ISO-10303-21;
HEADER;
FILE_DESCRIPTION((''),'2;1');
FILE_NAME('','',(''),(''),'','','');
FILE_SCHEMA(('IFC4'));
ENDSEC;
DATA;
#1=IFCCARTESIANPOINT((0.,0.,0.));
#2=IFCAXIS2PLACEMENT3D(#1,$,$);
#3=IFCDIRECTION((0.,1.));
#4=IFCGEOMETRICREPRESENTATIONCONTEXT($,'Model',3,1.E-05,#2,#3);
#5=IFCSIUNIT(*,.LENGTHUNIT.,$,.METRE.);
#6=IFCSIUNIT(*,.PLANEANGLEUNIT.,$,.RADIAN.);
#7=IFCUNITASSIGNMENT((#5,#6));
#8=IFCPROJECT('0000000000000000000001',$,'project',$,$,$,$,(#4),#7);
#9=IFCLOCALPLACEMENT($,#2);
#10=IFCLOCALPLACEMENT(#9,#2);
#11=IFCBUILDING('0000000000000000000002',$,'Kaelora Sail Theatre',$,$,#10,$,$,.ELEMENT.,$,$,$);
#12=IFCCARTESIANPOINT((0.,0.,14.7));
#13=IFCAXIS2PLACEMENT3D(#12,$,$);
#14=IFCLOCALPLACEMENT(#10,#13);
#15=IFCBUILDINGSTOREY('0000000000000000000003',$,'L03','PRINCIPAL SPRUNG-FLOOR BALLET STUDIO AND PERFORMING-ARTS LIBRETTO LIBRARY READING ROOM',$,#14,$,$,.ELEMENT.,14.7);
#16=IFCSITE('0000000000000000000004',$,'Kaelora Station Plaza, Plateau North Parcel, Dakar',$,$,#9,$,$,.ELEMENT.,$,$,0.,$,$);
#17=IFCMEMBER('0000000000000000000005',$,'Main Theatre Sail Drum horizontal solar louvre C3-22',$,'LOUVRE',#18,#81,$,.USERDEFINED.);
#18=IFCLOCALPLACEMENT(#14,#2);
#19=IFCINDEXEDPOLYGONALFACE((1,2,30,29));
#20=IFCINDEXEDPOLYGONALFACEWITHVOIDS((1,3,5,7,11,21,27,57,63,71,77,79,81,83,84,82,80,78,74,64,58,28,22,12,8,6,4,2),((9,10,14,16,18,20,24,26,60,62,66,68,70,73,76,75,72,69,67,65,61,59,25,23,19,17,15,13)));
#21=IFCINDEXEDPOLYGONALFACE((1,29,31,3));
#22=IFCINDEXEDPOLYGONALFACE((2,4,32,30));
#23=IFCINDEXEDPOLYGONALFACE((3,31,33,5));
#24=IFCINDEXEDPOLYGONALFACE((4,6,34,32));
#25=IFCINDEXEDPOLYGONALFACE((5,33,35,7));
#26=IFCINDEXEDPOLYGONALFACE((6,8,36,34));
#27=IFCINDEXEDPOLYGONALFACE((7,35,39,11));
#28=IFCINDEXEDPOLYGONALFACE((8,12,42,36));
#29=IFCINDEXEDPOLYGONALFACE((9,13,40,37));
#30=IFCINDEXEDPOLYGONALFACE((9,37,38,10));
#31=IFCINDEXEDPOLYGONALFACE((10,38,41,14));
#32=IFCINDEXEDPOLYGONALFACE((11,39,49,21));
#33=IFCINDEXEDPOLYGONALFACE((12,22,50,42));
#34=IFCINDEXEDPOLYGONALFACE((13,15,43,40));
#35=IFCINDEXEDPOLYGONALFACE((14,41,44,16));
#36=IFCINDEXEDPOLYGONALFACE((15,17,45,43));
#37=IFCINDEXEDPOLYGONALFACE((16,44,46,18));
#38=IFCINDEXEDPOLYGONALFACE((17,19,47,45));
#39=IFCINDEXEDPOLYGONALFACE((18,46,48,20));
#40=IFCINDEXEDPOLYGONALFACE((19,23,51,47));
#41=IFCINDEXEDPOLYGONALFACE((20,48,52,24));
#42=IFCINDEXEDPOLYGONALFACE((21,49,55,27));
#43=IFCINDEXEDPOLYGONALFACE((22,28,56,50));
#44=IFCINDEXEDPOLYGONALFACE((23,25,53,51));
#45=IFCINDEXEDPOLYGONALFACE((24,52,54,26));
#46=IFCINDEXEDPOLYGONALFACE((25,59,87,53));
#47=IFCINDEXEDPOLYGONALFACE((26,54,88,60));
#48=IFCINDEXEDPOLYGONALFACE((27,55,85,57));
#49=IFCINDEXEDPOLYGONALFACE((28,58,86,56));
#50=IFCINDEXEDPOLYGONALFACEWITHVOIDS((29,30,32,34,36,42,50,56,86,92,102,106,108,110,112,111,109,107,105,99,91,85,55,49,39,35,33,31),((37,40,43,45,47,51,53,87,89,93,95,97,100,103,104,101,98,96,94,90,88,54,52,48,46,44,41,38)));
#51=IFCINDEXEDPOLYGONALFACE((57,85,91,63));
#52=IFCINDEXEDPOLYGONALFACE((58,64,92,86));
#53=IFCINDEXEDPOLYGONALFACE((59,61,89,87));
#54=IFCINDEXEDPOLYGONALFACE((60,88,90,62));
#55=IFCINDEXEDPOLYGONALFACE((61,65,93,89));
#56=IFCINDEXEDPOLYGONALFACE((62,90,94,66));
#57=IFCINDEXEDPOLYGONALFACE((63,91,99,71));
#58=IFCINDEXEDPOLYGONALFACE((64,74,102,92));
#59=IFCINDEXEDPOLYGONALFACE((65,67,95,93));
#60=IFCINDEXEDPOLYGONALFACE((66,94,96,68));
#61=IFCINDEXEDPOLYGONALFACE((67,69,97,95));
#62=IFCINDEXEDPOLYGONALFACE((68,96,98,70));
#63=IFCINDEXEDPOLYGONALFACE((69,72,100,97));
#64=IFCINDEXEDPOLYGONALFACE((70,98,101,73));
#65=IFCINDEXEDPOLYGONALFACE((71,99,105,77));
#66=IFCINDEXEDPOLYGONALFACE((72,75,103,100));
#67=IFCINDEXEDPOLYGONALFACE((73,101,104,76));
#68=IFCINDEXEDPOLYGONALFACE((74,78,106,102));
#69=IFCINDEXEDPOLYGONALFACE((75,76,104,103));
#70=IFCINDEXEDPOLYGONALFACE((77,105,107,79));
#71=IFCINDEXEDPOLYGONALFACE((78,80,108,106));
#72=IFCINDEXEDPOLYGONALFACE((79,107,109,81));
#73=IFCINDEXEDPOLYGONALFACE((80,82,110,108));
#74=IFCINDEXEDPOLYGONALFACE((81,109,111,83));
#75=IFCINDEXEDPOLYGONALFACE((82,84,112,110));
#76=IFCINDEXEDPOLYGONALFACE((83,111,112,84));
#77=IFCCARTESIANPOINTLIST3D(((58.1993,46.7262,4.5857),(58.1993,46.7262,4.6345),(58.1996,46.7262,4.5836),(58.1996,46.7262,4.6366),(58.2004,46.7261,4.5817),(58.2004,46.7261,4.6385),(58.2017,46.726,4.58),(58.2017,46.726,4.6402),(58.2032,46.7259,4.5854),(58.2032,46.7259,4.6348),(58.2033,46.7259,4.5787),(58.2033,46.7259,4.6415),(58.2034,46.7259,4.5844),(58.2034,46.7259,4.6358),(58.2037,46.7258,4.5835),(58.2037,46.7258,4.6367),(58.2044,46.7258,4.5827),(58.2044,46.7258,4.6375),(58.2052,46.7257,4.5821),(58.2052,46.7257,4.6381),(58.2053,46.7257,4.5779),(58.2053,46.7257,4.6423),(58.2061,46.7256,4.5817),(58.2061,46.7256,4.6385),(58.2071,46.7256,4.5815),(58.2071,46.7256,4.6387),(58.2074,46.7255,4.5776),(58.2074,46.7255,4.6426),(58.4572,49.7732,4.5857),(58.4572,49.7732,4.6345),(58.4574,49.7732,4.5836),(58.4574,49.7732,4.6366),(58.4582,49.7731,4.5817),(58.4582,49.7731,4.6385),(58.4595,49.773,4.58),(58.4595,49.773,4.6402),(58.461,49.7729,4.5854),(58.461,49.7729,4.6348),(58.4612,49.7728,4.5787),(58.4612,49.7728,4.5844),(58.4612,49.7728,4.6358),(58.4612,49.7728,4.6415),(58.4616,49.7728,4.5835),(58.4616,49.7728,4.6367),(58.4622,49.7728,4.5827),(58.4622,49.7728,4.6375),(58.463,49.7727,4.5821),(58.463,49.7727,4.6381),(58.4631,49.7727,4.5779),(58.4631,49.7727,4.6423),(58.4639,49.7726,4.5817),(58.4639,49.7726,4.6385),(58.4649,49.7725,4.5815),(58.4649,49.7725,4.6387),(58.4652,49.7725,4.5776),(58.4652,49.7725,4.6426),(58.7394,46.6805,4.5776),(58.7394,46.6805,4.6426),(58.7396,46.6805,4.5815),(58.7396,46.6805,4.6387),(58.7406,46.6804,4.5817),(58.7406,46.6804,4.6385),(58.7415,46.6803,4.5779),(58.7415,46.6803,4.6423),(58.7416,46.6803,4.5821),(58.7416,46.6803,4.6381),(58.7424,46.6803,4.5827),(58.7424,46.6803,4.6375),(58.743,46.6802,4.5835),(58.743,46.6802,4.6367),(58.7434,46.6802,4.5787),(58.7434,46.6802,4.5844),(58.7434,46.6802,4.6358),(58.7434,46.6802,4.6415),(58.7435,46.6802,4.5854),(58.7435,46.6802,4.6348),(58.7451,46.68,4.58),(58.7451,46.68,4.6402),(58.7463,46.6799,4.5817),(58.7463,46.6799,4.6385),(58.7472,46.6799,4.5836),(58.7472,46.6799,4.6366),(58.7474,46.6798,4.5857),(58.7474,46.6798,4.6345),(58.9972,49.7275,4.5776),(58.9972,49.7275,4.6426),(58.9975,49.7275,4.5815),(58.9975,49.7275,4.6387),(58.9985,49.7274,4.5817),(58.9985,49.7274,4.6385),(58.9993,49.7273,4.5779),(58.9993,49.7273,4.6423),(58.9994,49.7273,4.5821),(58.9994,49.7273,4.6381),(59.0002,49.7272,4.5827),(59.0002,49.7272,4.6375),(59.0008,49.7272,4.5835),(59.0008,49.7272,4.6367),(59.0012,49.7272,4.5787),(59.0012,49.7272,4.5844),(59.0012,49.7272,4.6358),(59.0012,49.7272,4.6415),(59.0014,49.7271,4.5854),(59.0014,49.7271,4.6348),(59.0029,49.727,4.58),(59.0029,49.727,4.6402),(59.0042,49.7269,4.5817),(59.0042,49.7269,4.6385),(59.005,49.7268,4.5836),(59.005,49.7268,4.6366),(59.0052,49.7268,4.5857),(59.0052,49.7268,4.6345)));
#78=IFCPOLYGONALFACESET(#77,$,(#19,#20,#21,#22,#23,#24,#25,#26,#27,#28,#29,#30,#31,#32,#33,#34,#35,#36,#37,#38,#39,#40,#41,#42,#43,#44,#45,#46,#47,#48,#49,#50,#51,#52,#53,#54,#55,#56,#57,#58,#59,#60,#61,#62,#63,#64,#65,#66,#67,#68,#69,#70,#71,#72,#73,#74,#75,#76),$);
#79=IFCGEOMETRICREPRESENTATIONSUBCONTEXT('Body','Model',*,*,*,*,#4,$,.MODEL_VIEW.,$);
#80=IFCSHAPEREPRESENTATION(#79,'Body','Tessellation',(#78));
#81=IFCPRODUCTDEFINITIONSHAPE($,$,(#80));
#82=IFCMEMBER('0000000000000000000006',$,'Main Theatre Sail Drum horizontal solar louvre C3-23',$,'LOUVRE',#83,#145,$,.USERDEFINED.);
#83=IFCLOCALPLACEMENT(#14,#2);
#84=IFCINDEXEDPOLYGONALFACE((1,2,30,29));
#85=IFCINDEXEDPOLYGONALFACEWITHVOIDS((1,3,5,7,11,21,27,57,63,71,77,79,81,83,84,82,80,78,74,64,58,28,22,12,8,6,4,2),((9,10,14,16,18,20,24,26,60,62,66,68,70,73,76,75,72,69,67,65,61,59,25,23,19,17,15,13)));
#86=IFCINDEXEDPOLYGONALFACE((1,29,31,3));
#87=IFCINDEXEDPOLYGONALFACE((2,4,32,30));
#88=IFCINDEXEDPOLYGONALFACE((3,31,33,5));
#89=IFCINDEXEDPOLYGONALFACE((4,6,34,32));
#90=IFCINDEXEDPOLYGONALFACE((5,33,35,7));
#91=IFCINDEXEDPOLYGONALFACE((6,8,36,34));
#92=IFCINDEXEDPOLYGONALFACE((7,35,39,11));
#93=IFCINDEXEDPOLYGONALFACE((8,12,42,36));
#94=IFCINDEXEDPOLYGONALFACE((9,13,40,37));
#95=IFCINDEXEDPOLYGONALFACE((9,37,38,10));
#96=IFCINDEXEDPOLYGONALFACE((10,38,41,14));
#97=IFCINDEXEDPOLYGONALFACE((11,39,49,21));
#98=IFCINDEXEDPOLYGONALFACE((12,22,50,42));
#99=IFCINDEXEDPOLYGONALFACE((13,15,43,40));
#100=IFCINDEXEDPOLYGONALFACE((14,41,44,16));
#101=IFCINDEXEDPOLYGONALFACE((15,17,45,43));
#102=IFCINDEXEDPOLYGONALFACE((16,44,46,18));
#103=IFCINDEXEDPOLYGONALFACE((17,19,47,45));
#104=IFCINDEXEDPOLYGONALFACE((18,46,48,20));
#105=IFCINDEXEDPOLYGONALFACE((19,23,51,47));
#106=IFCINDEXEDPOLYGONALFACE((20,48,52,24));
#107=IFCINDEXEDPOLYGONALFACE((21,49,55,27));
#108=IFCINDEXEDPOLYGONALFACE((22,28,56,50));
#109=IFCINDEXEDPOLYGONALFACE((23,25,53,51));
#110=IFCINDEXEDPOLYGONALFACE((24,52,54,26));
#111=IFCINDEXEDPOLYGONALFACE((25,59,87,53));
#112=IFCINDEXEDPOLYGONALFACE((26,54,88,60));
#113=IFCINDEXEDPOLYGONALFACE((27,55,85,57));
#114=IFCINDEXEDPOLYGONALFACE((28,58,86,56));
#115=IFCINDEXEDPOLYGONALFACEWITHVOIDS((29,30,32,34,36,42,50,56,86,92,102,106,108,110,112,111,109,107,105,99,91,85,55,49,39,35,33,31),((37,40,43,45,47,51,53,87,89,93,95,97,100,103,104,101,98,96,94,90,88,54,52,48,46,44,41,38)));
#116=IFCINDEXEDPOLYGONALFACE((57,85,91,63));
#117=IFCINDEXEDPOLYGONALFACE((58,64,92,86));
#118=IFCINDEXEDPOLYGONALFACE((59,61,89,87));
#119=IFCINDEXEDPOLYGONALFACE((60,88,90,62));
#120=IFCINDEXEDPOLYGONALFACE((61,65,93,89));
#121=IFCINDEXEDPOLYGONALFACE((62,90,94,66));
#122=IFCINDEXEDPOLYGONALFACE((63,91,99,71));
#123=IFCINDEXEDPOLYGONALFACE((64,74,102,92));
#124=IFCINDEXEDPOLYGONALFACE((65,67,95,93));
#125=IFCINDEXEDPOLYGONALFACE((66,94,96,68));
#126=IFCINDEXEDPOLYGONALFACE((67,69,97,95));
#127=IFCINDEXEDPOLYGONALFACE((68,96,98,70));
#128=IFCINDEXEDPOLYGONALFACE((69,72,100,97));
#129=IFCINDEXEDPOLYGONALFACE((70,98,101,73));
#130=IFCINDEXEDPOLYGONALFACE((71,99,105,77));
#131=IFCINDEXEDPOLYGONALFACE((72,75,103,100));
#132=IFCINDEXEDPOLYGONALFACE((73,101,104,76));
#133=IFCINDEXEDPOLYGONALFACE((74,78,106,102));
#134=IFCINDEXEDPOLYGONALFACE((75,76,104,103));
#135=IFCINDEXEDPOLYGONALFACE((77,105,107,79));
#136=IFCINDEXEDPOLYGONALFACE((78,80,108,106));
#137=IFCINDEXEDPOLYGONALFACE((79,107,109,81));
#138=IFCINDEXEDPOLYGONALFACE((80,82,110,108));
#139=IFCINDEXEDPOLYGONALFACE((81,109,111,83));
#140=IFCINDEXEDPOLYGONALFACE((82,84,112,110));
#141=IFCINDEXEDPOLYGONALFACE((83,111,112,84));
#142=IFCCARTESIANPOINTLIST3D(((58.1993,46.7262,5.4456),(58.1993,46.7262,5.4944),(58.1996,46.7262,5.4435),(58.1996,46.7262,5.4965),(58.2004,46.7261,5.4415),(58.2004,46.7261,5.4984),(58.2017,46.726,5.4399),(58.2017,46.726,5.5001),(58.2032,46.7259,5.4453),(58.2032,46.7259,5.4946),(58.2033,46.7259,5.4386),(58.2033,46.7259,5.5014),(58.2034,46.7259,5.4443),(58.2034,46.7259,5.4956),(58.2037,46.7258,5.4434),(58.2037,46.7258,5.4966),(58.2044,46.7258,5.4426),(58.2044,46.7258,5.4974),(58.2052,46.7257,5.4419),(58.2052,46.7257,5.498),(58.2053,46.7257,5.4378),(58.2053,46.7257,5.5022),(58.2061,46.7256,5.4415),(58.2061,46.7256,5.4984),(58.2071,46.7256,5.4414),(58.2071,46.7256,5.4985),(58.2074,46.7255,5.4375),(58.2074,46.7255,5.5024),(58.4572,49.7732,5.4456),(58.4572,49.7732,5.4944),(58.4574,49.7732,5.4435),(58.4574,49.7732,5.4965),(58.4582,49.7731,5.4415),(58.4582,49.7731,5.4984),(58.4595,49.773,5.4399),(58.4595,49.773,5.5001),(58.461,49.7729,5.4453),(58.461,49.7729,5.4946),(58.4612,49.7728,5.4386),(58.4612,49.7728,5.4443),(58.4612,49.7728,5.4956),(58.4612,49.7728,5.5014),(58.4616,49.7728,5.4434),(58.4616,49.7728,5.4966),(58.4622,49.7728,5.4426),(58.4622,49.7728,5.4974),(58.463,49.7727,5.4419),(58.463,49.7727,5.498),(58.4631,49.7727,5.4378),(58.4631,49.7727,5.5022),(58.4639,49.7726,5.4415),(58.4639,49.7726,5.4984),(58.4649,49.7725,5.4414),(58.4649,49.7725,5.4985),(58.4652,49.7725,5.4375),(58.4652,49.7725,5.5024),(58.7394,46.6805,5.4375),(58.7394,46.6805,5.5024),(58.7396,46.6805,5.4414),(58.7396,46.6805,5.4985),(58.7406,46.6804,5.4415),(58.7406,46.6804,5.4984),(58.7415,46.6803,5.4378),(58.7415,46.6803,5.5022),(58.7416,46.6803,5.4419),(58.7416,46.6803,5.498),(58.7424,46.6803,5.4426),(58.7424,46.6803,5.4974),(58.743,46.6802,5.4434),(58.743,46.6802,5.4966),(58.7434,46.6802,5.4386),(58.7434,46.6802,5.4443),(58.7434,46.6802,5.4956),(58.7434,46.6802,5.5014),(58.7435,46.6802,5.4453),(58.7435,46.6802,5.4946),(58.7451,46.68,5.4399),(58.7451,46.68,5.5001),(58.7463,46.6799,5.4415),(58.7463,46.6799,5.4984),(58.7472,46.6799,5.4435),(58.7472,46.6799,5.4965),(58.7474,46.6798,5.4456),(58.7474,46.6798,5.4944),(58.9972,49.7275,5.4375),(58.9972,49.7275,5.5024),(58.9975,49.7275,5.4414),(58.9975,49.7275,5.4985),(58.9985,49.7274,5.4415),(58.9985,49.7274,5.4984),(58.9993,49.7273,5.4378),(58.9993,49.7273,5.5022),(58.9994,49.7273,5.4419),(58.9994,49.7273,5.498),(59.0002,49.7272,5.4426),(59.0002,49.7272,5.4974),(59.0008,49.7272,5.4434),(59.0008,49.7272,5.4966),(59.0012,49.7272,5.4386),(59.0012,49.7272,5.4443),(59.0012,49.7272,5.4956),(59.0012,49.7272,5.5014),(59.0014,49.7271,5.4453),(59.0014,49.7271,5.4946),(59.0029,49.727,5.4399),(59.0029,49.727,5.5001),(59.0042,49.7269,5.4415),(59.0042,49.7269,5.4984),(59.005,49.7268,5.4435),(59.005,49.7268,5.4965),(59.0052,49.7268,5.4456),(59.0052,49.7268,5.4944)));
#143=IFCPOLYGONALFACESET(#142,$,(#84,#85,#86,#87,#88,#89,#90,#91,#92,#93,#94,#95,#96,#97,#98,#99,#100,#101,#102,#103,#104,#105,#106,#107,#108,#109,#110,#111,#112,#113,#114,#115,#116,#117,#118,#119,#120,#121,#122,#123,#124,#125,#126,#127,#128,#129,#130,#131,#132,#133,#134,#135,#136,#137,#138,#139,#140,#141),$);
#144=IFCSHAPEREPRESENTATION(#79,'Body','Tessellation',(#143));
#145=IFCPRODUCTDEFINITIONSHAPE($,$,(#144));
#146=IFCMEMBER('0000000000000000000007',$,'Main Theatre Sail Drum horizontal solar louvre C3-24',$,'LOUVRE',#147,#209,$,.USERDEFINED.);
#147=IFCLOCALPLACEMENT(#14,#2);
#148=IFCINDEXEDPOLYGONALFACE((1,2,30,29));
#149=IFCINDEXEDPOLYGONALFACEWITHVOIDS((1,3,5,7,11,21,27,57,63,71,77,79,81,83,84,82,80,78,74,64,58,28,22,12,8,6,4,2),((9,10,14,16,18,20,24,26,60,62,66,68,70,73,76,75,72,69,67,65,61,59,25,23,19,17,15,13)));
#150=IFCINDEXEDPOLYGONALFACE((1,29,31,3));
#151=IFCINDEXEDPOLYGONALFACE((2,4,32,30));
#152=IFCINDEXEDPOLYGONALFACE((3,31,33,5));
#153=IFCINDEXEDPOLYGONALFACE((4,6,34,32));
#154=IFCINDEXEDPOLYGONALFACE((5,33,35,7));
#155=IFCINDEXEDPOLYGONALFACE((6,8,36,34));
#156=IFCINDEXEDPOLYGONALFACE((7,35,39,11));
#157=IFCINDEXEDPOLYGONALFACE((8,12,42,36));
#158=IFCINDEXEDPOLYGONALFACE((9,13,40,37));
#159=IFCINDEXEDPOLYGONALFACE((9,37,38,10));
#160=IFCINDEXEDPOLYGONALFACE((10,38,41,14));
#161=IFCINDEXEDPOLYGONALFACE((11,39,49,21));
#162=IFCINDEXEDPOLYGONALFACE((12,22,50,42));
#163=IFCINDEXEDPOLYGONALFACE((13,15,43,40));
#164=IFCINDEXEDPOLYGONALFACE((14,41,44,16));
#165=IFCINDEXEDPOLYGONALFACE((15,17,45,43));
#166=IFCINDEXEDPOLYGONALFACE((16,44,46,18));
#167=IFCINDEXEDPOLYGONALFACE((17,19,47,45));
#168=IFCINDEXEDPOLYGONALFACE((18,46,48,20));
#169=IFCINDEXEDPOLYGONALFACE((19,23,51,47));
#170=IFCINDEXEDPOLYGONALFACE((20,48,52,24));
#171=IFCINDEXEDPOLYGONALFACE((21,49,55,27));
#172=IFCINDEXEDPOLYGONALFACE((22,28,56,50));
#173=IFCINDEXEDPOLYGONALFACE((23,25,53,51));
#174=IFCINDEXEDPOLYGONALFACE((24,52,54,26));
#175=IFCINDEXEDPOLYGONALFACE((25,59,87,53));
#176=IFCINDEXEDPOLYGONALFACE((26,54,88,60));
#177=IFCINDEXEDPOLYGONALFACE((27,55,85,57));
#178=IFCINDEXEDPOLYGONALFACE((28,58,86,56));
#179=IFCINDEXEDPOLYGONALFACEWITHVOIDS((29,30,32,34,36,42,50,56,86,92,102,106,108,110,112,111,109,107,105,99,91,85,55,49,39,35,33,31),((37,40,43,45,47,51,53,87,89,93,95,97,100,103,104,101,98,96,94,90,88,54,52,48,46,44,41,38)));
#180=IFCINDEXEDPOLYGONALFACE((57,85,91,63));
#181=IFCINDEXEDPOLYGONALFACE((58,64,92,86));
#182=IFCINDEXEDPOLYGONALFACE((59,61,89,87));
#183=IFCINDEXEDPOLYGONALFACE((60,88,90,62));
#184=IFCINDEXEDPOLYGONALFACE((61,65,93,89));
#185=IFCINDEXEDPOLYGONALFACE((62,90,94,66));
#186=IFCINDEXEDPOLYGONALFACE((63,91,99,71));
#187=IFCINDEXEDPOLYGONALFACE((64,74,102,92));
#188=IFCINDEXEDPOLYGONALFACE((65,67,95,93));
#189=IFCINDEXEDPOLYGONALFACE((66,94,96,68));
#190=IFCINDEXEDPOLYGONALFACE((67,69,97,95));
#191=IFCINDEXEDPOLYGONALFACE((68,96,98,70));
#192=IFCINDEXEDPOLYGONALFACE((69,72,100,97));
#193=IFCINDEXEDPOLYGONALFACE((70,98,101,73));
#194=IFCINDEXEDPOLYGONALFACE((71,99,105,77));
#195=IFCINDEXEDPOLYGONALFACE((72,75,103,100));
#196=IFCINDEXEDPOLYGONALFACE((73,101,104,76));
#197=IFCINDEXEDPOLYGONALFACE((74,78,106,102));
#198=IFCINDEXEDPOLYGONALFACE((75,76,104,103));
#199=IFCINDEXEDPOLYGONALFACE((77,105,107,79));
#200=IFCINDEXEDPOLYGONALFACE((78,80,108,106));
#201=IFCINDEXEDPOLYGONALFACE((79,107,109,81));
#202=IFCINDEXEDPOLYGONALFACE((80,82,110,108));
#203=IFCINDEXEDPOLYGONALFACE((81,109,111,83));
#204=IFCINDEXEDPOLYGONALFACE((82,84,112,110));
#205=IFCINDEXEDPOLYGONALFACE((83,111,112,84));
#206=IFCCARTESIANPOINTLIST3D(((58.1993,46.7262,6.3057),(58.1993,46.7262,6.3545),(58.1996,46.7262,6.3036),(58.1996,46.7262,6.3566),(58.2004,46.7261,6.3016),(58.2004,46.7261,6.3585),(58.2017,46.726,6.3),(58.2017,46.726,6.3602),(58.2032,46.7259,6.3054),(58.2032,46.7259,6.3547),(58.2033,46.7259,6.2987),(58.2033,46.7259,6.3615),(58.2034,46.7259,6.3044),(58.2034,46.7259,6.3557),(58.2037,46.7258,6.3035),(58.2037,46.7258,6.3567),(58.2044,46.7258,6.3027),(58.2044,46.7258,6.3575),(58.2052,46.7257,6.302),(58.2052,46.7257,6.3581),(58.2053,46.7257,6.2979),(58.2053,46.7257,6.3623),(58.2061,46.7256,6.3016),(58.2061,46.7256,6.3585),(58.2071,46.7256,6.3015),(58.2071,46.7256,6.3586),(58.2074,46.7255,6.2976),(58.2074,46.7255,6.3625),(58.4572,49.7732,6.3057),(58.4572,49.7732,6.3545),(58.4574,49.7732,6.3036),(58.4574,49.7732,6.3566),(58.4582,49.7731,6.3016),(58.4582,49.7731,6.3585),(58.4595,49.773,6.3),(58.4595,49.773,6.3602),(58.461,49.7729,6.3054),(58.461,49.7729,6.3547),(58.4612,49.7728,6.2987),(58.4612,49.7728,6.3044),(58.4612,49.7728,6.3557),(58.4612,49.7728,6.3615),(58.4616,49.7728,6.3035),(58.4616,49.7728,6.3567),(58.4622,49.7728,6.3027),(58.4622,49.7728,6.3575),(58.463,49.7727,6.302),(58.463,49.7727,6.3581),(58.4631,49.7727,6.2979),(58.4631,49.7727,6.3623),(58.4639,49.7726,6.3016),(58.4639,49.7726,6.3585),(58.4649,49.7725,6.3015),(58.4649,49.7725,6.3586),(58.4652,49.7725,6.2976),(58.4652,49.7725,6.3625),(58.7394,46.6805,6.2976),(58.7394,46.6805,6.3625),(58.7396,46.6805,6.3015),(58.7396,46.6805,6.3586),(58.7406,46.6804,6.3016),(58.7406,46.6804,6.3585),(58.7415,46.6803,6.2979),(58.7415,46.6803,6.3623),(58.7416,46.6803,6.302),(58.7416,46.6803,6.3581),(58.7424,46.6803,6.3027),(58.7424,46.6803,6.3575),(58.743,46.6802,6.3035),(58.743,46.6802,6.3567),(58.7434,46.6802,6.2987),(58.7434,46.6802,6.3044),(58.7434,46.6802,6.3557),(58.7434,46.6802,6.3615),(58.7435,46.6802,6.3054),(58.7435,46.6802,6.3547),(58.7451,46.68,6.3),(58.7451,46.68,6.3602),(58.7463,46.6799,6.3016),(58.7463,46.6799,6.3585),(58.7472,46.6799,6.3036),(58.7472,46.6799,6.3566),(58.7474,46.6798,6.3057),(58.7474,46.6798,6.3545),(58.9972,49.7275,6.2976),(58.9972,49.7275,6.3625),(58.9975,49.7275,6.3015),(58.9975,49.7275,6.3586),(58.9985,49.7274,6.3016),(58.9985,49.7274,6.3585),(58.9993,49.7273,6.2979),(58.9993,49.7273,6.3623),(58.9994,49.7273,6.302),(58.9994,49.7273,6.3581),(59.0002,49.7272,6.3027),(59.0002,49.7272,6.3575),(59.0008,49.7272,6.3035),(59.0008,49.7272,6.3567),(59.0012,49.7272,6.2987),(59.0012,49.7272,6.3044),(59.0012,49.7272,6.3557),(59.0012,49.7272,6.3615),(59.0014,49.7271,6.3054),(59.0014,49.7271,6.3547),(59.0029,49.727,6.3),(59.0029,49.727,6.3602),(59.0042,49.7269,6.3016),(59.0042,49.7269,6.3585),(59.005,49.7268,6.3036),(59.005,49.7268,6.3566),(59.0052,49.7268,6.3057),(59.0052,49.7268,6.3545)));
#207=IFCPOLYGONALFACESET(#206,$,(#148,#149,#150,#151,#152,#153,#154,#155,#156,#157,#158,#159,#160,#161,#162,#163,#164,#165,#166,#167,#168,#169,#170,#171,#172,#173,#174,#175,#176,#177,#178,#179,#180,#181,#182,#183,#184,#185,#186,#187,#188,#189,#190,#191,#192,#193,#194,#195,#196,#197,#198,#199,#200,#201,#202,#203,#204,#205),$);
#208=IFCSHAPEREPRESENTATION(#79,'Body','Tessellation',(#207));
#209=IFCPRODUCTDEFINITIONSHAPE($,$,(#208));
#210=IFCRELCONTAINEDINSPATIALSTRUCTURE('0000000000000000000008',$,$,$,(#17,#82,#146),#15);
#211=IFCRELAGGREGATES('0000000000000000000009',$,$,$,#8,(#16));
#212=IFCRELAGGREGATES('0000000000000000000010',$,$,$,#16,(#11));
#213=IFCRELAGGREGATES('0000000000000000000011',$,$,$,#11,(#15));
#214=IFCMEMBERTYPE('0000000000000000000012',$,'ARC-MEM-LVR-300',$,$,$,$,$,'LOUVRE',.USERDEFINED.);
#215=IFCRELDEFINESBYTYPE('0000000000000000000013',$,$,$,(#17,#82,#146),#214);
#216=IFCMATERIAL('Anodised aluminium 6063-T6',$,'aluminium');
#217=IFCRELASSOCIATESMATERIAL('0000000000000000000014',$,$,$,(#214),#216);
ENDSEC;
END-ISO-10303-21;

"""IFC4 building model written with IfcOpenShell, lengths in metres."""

from ifc_helpers import new_model, si_unit, direction, frame, origin, origin_2d, place, context, subcontext, project, spatial, hollow_rectangle, extrude, material, material_profile, profile_set, type_object, element, save


model = new_model("IFC4")

# Units and contexts
model_context = context("Model", 3, precision=1e-05, world=origin(), true_north=direction((0.0, 1.0)))
body_context = subcontext(model_context, "Body", "Model", "MODEL_VIEW")
ifc_project = project(units=[si_unit("LENGTHUNIT", "METRE"), si_unit("PLANEANGLEUNIT", "RADIAN")], contexts=[model_context])

# Site, building, storey
site_placement = place(None, origin())
site = spatial("IfcSite", under=ifc_project, at=site_placement, Name="Kaelora Station Plaza, Plateau North Parcel, Dakar", CompositionType="ELEMENT", RefElevation=0.0)
building_placement = place(site_placement, origin())
building = spatial("IfcBuilding", under=site, at=building_placement, Name="Kaelora Sail Theatre", CompositionType="ELEMENT")
storey_placement = place(building_placement, frame((0.0, 0.0, 14.7)))
storey = spatial("IfcBuildingStorey", under=building, at=storey_placement, Name="L03", Description="PRINCIPAL SPRUNG-FLOOR BALLET STUDIO AND PERFORMING-ARTS LIBRETTO LIBRARY READING ROOM", CompositionType="ELEMENT", Elevation=14.7)

# Members
ifc_material_1 = material(Name="Anodised aluminium 6063-T6", Category="aluminium")
ifc_material_profile_1 = material_profile(ifc_material_1, hollow_rectangle(XDim=0.55, YDim=0.0649, WallThickness=0.0039, InnerFilletRadius=0.0039, OuterFilletRadius=0.0081, at=origin_2d()), Name="LOUVRE 550x65x4")
ifc_profile_set_1 = profile_set([ifc_material_profile_1], Name="Anodised aluminium 6063-T6")
member_type = type_object("IfcMemberType", Name="ARC-MEM-LVR-300", ElementType="LOUVRE", PredefinedType="USERDEFINED", material=ifc_profile_set_1)
for number, where, z_axis, x_axis, name in (
    (1, (58.7312, 49.75, 4.6101), (-0.084314, -0.996439, 0.0), (0.996439, -0.084314, 0.0), "Main Theatre Sail Drum horizontal solar louvre C3-22"),
    (2, (58.7312, 49.75, 5.47), (-0.084314, -0.996439, 0.0), (0.996439, -0.084314, 0.0), "Main Theatre Sail Drum horizontal solar louvre C3-23"),
    (3, (58.7312, 49.75, 6.3301), (-0.084314, -0.996439, 0.0), (0.996439, -0.084314, 0.0), "Main Theatre Sail Drum horizontal solar louvre C3-24"),
):
    element("IfcMember", number, at=place(storey_placement, frame(where, z_axis=z_axis, x_axis=x_axis)), inside=storey, type_object=member_type, Name=name, ObjectType="LOUVRE", PredefinedType="USERDEFINED", context=body_context, shape_type="SweptSolid", body=[
        extrude(hollow_rectangle(XDim=0.55, YDim=0.0649, WallThickness=0.0039, InnerFilletRadius=0.0039, OuterFilletRadius=0.0081, at=origin_2d()), origin(), (0.0, 0.0, 1.0), 3.0579),
    ])

save(model, "model.ifc")
